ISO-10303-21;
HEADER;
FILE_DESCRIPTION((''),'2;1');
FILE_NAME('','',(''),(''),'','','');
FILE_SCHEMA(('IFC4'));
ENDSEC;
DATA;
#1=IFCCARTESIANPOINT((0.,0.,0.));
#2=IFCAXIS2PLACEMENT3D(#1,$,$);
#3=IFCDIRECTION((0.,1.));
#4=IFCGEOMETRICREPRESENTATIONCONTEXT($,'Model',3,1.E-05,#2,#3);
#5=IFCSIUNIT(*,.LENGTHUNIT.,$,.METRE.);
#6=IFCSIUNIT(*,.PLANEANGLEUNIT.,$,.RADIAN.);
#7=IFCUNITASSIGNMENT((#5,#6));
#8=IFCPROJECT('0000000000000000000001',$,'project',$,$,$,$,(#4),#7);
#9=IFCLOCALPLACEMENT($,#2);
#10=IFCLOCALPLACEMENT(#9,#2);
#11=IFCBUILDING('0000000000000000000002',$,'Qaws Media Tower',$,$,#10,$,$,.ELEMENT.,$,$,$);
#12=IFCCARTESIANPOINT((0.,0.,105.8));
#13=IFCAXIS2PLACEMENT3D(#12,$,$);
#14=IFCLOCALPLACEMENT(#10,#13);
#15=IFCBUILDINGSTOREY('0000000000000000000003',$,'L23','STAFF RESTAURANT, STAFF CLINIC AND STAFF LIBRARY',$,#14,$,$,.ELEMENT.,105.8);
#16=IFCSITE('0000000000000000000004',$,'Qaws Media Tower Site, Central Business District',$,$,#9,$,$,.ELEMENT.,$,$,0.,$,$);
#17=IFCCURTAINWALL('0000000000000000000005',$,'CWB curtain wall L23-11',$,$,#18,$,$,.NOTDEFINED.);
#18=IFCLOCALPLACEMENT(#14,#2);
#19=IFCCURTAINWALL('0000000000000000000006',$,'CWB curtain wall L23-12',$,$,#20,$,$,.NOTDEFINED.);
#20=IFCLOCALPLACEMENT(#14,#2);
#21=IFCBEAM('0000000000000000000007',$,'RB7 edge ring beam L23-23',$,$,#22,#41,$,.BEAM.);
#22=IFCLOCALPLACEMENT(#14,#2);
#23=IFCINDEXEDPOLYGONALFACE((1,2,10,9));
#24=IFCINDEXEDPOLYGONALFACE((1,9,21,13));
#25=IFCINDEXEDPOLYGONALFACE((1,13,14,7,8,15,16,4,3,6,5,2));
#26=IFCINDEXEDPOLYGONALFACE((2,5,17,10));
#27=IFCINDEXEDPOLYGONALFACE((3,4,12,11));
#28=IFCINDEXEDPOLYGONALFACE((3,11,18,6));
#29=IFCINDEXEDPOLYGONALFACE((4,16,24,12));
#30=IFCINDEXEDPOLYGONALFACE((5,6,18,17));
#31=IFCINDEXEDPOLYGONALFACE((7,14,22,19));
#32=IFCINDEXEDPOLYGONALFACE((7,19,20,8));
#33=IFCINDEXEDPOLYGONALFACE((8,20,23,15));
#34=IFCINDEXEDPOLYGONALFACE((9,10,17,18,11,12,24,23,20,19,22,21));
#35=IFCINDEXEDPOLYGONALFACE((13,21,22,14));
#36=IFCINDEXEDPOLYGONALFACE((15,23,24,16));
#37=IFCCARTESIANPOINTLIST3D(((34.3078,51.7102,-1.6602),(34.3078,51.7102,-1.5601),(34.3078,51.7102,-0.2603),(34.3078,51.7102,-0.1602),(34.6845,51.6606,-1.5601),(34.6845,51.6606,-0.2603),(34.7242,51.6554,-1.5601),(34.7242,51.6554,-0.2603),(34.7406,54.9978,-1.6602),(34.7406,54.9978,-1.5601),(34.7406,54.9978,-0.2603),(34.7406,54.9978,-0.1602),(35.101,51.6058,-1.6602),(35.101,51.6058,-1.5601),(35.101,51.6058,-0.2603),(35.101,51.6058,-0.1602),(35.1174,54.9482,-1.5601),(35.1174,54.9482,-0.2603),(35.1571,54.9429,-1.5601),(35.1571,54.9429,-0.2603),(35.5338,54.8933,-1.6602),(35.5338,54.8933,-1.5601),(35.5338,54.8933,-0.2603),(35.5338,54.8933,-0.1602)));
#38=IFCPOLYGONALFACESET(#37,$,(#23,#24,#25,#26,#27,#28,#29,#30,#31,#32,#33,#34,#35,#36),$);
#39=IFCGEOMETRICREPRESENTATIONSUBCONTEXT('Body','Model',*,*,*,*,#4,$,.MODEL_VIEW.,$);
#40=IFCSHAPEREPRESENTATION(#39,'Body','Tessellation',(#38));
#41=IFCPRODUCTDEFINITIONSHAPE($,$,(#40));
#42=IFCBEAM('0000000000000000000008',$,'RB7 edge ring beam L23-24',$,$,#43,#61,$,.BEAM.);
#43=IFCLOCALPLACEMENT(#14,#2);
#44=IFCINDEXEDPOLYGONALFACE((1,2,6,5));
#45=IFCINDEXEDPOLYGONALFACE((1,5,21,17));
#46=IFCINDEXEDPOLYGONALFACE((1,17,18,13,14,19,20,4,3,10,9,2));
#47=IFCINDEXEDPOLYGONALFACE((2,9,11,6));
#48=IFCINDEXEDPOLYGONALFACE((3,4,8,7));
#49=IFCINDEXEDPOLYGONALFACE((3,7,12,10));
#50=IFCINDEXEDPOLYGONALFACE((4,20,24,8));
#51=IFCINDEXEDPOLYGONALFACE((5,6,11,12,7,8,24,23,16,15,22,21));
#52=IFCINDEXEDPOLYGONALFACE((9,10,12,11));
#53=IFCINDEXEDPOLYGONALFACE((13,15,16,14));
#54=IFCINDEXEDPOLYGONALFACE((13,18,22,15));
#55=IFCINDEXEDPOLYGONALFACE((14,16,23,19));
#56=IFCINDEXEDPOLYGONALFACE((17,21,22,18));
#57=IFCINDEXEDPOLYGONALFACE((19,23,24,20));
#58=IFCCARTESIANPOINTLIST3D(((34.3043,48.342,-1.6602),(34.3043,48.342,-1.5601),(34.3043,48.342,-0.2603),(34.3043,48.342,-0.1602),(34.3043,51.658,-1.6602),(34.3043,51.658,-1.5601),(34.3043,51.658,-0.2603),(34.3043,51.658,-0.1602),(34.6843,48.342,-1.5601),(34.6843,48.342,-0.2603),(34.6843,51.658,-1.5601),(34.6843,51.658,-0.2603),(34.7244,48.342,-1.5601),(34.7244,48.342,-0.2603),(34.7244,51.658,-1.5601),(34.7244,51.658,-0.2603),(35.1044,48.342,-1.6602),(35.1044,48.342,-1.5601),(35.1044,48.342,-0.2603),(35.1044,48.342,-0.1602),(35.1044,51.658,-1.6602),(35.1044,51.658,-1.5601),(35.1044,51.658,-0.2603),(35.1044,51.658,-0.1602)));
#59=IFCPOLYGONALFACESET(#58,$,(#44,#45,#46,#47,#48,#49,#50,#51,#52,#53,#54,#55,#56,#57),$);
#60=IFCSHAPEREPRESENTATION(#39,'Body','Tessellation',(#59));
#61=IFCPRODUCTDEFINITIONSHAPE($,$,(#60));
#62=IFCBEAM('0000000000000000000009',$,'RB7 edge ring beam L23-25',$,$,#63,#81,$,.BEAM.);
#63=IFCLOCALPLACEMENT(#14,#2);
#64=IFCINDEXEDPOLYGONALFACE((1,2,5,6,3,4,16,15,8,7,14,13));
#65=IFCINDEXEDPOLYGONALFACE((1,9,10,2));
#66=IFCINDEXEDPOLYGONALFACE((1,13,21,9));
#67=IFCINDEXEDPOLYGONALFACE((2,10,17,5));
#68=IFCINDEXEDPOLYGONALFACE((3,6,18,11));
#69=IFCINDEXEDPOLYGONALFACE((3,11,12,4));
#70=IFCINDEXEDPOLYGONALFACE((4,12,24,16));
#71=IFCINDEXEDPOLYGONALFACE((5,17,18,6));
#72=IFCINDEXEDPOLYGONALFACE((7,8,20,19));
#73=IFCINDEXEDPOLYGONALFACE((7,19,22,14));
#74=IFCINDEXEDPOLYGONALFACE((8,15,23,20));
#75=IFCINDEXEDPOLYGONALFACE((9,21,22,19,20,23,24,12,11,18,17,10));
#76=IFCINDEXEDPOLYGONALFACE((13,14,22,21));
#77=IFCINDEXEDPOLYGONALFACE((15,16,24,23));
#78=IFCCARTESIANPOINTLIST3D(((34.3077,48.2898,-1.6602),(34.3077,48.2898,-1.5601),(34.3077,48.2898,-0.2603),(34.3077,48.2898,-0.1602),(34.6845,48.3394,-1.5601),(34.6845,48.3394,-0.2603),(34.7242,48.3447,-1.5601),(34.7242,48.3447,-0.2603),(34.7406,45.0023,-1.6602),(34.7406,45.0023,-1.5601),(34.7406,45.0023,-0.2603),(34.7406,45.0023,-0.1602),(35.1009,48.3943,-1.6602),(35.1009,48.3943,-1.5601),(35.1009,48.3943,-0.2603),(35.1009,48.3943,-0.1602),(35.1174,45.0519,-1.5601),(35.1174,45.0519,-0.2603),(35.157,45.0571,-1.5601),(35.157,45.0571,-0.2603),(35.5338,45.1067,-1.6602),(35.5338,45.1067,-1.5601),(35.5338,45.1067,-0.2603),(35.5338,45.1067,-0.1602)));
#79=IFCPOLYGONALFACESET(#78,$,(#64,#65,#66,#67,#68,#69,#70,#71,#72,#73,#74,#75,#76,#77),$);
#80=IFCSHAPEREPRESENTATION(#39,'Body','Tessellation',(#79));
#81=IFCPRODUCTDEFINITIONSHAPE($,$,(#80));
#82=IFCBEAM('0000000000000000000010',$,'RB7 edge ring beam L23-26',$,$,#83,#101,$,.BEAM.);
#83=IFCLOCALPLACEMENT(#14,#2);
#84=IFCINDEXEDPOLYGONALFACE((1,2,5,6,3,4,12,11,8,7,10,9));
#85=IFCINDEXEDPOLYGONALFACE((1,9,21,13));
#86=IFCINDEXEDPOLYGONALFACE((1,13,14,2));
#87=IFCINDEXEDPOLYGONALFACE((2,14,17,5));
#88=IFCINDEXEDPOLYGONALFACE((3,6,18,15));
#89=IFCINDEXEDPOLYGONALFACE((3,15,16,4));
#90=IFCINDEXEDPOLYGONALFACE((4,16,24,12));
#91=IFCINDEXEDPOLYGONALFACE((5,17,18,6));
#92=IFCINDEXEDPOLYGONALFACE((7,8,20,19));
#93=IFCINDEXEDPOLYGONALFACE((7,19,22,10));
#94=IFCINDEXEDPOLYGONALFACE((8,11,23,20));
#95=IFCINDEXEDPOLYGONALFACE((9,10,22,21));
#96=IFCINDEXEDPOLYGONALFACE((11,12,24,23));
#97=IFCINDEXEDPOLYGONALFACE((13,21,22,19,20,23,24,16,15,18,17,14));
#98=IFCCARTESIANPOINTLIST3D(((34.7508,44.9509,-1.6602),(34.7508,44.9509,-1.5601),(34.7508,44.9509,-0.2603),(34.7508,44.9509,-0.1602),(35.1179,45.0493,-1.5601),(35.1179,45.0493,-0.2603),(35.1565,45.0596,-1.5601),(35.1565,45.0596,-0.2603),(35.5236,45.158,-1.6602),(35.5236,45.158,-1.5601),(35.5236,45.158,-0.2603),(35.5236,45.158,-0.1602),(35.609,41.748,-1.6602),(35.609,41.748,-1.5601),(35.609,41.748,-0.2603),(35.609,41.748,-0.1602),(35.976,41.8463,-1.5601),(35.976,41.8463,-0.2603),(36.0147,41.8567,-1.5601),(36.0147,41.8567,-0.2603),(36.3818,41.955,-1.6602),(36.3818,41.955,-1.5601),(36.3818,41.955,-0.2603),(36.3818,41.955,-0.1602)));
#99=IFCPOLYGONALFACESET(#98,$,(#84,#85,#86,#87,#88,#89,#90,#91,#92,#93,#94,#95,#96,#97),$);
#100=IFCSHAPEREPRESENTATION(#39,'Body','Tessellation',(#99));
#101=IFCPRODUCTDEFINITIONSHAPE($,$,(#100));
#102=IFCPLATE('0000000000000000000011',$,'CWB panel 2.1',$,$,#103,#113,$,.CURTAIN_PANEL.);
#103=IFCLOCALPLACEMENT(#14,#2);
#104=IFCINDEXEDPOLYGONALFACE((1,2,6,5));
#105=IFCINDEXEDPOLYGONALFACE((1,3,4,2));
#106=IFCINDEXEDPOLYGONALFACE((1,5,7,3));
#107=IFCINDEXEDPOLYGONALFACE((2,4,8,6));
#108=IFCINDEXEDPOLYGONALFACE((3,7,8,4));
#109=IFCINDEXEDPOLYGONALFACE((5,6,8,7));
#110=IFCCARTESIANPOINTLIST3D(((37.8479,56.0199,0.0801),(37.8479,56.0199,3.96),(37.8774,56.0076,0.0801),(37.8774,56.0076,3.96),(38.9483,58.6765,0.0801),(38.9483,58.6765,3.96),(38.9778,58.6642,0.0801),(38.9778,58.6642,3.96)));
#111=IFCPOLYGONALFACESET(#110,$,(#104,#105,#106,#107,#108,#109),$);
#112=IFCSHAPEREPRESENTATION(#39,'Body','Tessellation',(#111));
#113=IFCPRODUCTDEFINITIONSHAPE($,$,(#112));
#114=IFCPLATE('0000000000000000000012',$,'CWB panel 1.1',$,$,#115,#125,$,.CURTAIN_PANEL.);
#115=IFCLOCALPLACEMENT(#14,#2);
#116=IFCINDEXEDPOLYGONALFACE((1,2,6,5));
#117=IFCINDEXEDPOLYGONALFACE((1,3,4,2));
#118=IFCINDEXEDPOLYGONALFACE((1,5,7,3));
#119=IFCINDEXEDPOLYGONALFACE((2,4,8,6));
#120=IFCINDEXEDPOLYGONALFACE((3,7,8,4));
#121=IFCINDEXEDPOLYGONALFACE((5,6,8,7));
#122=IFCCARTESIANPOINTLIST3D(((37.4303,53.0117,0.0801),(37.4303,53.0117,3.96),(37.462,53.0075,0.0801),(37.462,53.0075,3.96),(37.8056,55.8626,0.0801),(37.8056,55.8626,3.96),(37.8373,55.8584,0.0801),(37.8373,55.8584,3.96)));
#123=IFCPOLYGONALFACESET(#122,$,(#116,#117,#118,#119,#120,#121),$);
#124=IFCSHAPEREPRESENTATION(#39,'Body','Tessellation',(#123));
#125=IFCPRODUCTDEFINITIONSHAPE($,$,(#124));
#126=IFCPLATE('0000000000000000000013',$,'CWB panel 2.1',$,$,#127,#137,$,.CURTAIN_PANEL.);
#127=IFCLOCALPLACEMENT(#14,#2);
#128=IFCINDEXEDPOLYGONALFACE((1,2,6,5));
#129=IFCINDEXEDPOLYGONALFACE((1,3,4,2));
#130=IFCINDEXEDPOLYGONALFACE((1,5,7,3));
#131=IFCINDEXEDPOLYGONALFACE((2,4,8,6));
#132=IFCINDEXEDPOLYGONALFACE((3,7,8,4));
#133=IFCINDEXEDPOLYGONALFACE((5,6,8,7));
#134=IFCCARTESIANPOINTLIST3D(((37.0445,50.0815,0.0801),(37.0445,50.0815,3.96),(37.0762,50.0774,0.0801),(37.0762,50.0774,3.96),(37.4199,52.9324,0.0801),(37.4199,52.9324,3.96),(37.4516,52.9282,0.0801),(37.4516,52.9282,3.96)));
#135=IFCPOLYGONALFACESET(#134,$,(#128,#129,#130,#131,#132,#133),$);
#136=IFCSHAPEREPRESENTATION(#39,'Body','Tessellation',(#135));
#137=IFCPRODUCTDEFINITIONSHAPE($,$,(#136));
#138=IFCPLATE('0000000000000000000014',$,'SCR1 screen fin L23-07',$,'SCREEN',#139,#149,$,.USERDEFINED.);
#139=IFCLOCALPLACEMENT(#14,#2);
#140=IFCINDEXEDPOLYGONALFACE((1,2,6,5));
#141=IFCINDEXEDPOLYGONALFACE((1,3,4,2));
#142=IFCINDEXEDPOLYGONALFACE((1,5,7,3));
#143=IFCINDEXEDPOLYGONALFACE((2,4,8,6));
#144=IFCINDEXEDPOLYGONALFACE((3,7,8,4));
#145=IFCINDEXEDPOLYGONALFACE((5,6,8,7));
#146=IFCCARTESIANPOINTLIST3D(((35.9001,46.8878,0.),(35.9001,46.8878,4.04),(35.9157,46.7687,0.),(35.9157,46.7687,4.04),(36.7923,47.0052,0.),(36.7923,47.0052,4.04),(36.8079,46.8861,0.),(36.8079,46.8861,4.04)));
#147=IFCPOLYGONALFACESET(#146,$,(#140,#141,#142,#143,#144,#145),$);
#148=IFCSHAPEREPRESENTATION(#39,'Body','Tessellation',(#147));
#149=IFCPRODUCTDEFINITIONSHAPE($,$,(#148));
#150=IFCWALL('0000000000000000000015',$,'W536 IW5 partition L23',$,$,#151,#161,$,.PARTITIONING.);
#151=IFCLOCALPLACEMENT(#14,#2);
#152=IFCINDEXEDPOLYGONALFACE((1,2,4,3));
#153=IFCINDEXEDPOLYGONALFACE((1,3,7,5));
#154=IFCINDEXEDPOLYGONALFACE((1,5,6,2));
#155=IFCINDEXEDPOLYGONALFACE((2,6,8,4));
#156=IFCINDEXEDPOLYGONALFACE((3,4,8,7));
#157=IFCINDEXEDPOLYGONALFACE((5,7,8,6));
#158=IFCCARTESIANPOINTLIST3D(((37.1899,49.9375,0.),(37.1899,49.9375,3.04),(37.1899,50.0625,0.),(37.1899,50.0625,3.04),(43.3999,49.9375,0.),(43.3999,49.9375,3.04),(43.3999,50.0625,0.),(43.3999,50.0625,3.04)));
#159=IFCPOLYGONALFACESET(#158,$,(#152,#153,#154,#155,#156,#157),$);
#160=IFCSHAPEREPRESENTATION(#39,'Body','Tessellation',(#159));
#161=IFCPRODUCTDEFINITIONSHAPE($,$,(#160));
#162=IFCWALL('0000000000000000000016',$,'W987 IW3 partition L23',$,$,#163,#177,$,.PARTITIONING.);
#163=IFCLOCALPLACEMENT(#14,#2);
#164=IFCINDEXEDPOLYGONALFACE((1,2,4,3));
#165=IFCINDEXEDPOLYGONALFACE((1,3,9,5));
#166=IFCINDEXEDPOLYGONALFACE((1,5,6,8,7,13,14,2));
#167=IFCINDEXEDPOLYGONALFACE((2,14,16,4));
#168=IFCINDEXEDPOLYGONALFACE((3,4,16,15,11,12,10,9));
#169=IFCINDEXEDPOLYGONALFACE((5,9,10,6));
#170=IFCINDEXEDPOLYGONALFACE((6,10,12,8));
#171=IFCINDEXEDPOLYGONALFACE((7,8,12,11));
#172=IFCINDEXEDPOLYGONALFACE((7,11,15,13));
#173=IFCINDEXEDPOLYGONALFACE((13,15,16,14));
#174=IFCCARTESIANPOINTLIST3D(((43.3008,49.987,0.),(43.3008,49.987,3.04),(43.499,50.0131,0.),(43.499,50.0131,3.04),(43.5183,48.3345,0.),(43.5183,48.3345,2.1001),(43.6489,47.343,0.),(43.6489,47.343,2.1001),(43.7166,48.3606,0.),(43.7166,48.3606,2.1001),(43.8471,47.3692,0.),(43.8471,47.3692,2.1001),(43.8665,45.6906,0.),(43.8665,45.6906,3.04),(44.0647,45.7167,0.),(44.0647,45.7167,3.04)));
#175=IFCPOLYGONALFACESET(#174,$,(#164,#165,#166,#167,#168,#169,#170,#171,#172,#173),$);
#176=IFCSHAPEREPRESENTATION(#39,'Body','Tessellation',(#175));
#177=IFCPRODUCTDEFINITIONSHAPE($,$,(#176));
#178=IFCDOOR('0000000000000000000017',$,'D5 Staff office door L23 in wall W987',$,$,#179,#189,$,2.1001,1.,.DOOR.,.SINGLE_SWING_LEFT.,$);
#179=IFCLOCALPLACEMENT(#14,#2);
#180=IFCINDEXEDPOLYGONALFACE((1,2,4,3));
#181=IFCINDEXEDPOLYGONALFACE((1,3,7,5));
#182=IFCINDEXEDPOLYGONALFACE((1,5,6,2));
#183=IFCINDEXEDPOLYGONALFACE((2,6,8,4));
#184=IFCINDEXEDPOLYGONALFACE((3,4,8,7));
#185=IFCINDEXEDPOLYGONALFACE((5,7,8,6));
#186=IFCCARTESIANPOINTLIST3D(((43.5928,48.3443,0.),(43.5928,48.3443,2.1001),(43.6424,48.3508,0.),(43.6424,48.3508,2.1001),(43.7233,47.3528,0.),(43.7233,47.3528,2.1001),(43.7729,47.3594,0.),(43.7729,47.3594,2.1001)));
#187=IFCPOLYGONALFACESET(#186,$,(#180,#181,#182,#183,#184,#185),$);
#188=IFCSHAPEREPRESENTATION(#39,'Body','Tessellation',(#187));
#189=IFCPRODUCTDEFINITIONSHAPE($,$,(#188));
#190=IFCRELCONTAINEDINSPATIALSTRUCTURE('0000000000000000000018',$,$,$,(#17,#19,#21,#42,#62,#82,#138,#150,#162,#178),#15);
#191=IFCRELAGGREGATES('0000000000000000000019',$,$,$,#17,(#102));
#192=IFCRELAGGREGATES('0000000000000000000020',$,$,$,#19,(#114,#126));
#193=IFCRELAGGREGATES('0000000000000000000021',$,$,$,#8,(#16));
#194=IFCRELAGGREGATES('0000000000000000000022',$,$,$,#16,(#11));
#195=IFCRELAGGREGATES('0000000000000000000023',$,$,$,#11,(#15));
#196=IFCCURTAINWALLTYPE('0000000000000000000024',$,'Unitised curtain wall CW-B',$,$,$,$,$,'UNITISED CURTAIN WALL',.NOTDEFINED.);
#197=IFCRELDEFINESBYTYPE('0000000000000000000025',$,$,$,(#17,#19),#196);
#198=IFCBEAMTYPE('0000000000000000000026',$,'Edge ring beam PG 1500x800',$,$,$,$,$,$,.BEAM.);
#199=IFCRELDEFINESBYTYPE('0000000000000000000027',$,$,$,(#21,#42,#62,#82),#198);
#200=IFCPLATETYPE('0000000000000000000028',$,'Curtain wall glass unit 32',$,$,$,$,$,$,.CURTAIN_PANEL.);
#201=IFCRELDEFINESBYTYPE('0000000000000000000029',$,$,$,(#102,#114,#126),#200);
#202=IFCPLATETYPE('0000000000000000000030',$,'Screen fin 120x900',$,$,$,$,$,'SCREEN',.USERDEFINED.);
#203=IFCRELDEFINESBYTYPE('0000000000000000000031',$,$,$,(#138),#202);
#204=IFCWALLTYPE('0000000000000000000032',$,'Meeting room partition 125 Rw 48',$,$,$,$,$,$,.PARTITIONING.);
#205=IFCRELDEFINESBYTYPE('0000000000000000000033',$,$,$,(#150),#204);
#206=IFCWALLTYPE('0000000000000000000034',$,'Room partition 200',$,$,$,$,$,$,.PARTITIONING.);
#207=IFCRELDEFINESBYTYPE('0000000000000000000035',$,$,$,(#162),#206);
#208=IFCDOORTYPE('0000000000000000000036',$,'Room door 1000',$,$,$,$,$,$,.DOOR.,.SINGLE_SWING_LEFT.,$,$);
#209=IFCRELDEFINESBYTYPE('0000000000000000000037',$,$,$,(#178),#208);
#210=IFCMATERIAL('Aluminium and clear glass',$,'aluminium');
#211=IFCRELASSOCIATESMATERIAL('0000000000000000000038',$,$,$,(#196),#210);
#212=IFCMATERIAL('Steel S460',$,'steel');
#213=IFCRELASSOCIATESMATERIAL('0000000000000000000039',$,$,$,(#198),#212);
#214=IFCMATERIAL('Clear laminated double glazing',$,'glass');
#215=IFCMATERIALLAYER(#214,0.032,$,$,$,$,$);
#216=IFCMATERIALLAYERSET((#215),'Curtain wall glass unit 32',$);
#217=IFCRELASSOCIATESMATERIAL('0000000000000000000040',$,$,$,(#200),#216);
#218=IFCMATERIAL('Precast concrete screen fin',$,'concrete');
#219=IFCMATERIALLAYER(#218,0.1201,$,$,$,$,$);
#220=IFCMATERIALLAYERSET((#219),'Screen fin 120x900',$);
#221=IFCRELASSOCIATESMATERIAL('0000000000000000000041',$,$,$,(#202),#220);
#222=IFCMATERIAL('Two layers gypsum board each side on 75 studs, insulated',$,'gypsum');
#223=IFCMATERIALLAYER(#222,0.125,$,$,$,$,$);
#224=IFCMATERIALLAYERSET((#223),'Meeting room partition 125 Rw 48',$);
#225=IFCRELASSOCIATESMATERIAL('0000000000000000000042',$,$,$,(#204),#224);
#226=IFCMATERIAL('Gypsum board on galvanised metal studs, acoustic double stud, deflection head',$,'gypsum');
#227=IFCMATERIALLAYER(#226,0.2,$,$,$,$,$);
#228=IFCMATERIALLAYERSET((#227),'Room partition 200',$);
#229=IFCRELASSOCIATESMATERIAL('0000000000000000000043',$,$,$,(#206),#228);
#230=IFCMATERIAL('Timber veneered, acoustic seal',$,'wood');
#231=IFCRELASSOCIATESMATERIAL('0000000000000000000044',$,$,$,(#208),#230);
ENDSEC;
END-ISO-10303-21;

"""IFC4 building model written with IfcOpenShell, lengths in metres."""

from ifc_helpers import new_model, si_unit, direction, frame, frame_2d, origin, origin_2d, place, context, subcontext, project, spatial, rectangle, i_section, extrude, material, layer, layer_set, material_profile, profile_set, type_object, element, fill, aggregate, save


model = new_model("IFC4")

# Units and contexts
model_context = context("Model", 3, precision=1e-05, world=origin(), true_north=direction((0.0, 1.0)))
body_context = subcontext(model_context, "Body", "Model", "MODEL_VIEW")
ifc_project = project(units=[si_unit("LENGTHUNIT", "METRE"), si_unit("PLANEANGLEUNIT", "RADIAN")], contexts=[model_context])

# Site, building, storey
site_placement = place(None, origin())
site = spatial("IfcSite", under=ifc_project, at=site_placement, Name="Qaws Media Tower Site, Central Business District", CompositionType="ELEMENT", RefElevation=0.0)
building_placement = place(site_placement, origin())
building = spatial("IfcBuilding", under=site, at=building_placement, Name="Qaws Media Tower", CompositionType="ELEMENT")
storey_placement = place(building_placement, frame((0.0, 0.0, 105.8)))
storey = spatial("IfcBuildingStorey", under=building, at=storey_placement, Name="L23", Description="STAFF RESTAURANT, STAFF CLINIC AND STAFF LIBRARY", CompositionType="ELEMENT", Elevation=105.8)

# Curtain wall
ifc_material_1 = material(Name="Aluminium and clear glass", Category="aluminium")
curtain_wall_type = type_object("IfcCurtainWallType", Name="Unitised curtain wall CW-B", ElementType="UNITISED CURTAIN WALL", PredefinedType="NOTDEFINED", material=ifc_material_1)
curtain_wall_1_placement = place(storey_placement, origin())
curtain_wall_1 = element("IfcCurtainWall", 1, at=curtain_wall_1_placement, inside=storey, type_object=curtain_wall_type, Name="CWB curtain wall L23-11", PredefinedType="NOTDEFINED")

# Curtain wall
curtain_wall_2_placement = place(storey_placement, origin())
curtain_wall_2 = element("IfcCurtainWall", 2, at=curtain_wall_2_placement, inside=storey, type_object=curtain_wall_type, Name="CWB curtain wall L23-12", PredefinedType="NOTDEFINED")

# Beams
ifc_material_2 = material(Name="Steel S460", Category="steel")
ifc_material_profile_1 = material_profile(ifc_material_2, i_section(OverallWidth=0.8, OverallDepth=1.5, WebThickness=0.04, FlangeThickness=0.1001, at=origin_2d()), Name="PG 1500x800")
ifc_profile_set_1 = profile_set([ifc_material_profile_1], Name="Steel S460")
beam_type = type_object("IfcBeamType", Name="Edge ring beam PG 1500x800", PredefinedType="BEAM", material=ifc_profile_set_1)
for number, where, z_axis, x_axis, name in (
    (3, (35.1372, 54.9456, -0.9102), (-0.130538, -0.991443, 0.0), (0.991443, -0.130538, 0.0), "RB7 edge ring beam L23-23"),
    (4, (34.7043, 51.658, -0.9102), (0.0, -1.0, 0.0), (1.0, 0.0, 0.0), "RB7 edge ring beam L23-24"),
    (5, (34.7043, 48.342, -0.9102), (0.130538, -0.991443, 0.0), (0.991443, 0.130538, 0.0), "RB7 edge ring beam L23-25"),
    (6, (35.1372, 45.0544, -0.9102), (0.258804, -0.96593, 0.0), (0.96593, 0.258804, 0.0), "RB7 edge ring beam L23-26"),
):
    element("IfcBeam", number, at=place(storey_placement, frame(where, z_axis=z_axis, x_axis=x_axis)), inside=storey, type_object=beam_type, Name=name, PredefinedType="BEAM", context=body_context, shape_type="SweptSolid", body=[
        extrude(i_section(OverallWidth=0.8, OverallDepth=1.5, WebThickness=0.04, FlangeThickness=0.1001, at=origin_2d()), origin(), (0.0, 0.0, 1.0), 3.3159),
    ])

# Plates
ifc_material_3 = material(Name="Clear laminated double glazing", Category="glass")
ifc_layer_1 = layer(ifc_material_3, 0.032)
ifc_layer_set_1 = layer_set([ifc_layer_1], Name="Curtain wall glass unit 32")
plate_type_1 = type_object("IfcPlateType", Name="Curtain wall glass unit 32", PredefinedType="CURTAIN_PANEL", material=ifc_layer_set_1)
plate_1_placement = place(storey_placement, frame((38.4128, 57.342, 0.0801), z_axis=(0.0, 0.0, 1.0), x_axis=(-0.382683, -0.92388, 0.0)))
plate_1 = element("IfcPlate", 7, at=plate_1_placement, type_object=plate_type_1, Name="CWB panel 2.1", PredefinedType="CURTAIN_PANEL", context=body_context, shape_type="SweptSolid", body=[
    extrude(rectangle(XDim=2.8755, YDim=0.032, at=origin_2d()), origin(), (0.0, 0.0, 1.0), 3.8799),
])
aggregate(curtain_wall_1, [plate_1])
plate_2_placement = place(storey_placement, frame((37.6338, 54.4351, 0.0801), z_axis=(0.0, 0.0, 1.0), x_axis=(-0.130526, -0.991445, 0.0)))
plate_2 = element("IfcPlate", 8, at=plate_2_placement, type_object=plate_type_1, Name="CWB panel 1.1", PredefinedType="CURTAIN_PANEL", context=body_context, shape_type="SweptSolid", body=[
    extrude(rectangle(XDim=2.8755, YDim=0.032, at=origin_2d()), origin(), (0.0, 0.0, 1.0), 3.8799),
])
plate_3_placement = place(storey_placement, frame((37.248, 51.5049, 0.0801), z_axis=(0.0, 0.0, 1.0), x_axis=(-0.130526, -0.991445, 0.0)))
plate_3 = element("IfcPlate", 9, at=plate_3_placement, type_object=plate_type_1, Name="CWB panel 2.1", PredefinedType="CURTAIN_PANEL", context=body_context, shape_type="SweptSolid", body=[
    extrude(rectangle(XDim=2.8755, YDim=0.032, at=origin_2d()), origin(), (0.0, 0.0, 1.0), 3.8799),
])
aggregate(curtain_wall_2, [plate_2, plate_3])
ifc_material_4 = material(Name="Precast concrete screen fin", Category="concrete")
ifc_layer_2 = layer(ifc_material_4, 0.1201)
ifc_layer_set_2 = layer_set([ifc_layer_2], Name="Screen fin 120x900")
plate_type_2 = type_object("IfcPlateType", Name="Screen fin 120x900", ElementType="SCREEN", PredefinedType="USERDEFINED", material=ifc_layer_set_2)
plate_4_placement = place(storey_placement, frame((36.354, 46.887, 0.0), z_axis=(0.0, 0.0, 1.0), x_axis=(-0.991445, -0.130526, 0.0)))
element("IfcPlate", 10, at=plate_4_placement, inside=storey, type_object=plate_type_2, Name="SCR1 screen fin L23-07", ObjectType="SCREEN", PredefinedType="USERDEFINED", context=body_context, shape_type="SweptSolid", body=[
    extrude(rectangle(XDim=0.8999, YDim=0.1201, at=origin_2d()), origin(), (0.0, 0.0, 1.0), 4.04),
])

# Wall
ifc_material_5 = material(Name="Two layers gypsum board each side on 75 studs, insulated", Category="gypsum")
ifc_layer_3 = layer(ifc_material_5, 0.125)
ifc_layer_set_3 = layer_set([ifc_layer_3], Name="Meeting room partition 125 Rw 48")
wall_type_1 = type_object("IfcWallType", Name="Meeting room partition 125 Rw 48", PredefinedType="PARTITIONING", material=ifc_layer_set_3)
wall_1_placement = place(storey_placement, frame((43.3999, 50.0, 0.0), z_axis=(0.0, 0.0, 1.0), x_axis=(-1.0, 0.0, 0.0)))
element("IfcWall", 11, at=wall_1_placement, inside=storey, type_object=wall_type_1, Name="W536 IW5 partition L23", PredefinedType="PARTITIONING", context=body_context, shape_type="SweptSolid", body=[
    extrude(rectangle(XDim=6.21, YDim=0.125, at=frame_2d((3.105, 0.0))), origin(), (0.0, 0.0, 1.0), 3.04),
])

# Wall, opening, door
ifc_material_6 = material(Name="Gypsum board on galvanised metal studs, acoustic double stud, deflection head", Category="gypsum")
ifc_layer_4 = layer(ifc_material_6, 0.2)
ifc_layer_set_4 = layer_set([ifc_layer_4], Name="Room partition 200")
wall_type_2 = type_object("IfcWallType", Name="Room partition 200", PredefinedType="PARTITIONING", material=ifc_layer_set_4)
wall_2_placement = place(storey_placement, frame((43.9656, 45.7036, 0.0), z_axis=(0.0, 0.0, 1.0), x_axis=(-0.130536, 0.991444, 0.0)))
wall_2 = element("IfcWall", 12, at=wall_2_placement, inside=storey, type_object=wall_type_2, Name="W987 IW3 partition L23", PredefinedType="PARTITIONING", context=body_context, shape_type="SweptSolid", body=[
    extrude(rectangle(XDim=4.3335, YDim=0.2, at=frame_2d((2.1667, 0.0))), origin(), (0.0, 0.0, 1.0), 3.04),
])
opening_1_placement = place(wall_2_placement, frame((1.6667, 0.0, 0.0)))
opening_1 = element("IfcOpeningElement", 13, at=opening_1_placement, cuts=wall_2, PredefinedType="OPENING", context=body_context, shape_type="SweptSolid", body=[
    extrude(rectangle(XDim=1.0, YDim=2.1001, at=frame_2d((0.5, 1.05))), frame((0.0, 0.1099, 0.0), z_axis=(0.0, -1.0, 0.0), x_axis=(1.0, 0.0, 0.0)), (0.0, 0.0, 1.0), 0.22),
])
ifc_material_7 = material(Name="Timber veneered, acoustic seal", Category="wood")
door_type_1 = type_object("IfcDoorType", Name="Room door 1000", OperationType="SINGLE_SWING_LEFT", PredefinedType="DOOR", material=ifc_material_7)
door_1_placement = place(opening_1_placement, origin())
door_1 = element("IfcDoor", 14, at=door_1_placement, inside=storey, type_object=door_type_1, Name="D5 Staff office door L23 in wall W987", OperationType="SINGLE_SWING_LEFT", OverallHeight=2.1001, OverallWidth=1.0, PredefinedType="DOOR", context=body_context, shape_type="SweptSolid", body=[
    extrude(rectangle(XDim=1.0, YDim=2.1001, at=frame_2d((0.5, 1.05))), frame((0.0, 0.0249, 0.0), z_axis=(0.0, -1.0, 0.0), x_axis=(1.0, 0.0, 0.0)), (0.0, 0.0, 1.0), 0.05),
])
fill(opening_1, door_1)

save(model, "model.ifc")
